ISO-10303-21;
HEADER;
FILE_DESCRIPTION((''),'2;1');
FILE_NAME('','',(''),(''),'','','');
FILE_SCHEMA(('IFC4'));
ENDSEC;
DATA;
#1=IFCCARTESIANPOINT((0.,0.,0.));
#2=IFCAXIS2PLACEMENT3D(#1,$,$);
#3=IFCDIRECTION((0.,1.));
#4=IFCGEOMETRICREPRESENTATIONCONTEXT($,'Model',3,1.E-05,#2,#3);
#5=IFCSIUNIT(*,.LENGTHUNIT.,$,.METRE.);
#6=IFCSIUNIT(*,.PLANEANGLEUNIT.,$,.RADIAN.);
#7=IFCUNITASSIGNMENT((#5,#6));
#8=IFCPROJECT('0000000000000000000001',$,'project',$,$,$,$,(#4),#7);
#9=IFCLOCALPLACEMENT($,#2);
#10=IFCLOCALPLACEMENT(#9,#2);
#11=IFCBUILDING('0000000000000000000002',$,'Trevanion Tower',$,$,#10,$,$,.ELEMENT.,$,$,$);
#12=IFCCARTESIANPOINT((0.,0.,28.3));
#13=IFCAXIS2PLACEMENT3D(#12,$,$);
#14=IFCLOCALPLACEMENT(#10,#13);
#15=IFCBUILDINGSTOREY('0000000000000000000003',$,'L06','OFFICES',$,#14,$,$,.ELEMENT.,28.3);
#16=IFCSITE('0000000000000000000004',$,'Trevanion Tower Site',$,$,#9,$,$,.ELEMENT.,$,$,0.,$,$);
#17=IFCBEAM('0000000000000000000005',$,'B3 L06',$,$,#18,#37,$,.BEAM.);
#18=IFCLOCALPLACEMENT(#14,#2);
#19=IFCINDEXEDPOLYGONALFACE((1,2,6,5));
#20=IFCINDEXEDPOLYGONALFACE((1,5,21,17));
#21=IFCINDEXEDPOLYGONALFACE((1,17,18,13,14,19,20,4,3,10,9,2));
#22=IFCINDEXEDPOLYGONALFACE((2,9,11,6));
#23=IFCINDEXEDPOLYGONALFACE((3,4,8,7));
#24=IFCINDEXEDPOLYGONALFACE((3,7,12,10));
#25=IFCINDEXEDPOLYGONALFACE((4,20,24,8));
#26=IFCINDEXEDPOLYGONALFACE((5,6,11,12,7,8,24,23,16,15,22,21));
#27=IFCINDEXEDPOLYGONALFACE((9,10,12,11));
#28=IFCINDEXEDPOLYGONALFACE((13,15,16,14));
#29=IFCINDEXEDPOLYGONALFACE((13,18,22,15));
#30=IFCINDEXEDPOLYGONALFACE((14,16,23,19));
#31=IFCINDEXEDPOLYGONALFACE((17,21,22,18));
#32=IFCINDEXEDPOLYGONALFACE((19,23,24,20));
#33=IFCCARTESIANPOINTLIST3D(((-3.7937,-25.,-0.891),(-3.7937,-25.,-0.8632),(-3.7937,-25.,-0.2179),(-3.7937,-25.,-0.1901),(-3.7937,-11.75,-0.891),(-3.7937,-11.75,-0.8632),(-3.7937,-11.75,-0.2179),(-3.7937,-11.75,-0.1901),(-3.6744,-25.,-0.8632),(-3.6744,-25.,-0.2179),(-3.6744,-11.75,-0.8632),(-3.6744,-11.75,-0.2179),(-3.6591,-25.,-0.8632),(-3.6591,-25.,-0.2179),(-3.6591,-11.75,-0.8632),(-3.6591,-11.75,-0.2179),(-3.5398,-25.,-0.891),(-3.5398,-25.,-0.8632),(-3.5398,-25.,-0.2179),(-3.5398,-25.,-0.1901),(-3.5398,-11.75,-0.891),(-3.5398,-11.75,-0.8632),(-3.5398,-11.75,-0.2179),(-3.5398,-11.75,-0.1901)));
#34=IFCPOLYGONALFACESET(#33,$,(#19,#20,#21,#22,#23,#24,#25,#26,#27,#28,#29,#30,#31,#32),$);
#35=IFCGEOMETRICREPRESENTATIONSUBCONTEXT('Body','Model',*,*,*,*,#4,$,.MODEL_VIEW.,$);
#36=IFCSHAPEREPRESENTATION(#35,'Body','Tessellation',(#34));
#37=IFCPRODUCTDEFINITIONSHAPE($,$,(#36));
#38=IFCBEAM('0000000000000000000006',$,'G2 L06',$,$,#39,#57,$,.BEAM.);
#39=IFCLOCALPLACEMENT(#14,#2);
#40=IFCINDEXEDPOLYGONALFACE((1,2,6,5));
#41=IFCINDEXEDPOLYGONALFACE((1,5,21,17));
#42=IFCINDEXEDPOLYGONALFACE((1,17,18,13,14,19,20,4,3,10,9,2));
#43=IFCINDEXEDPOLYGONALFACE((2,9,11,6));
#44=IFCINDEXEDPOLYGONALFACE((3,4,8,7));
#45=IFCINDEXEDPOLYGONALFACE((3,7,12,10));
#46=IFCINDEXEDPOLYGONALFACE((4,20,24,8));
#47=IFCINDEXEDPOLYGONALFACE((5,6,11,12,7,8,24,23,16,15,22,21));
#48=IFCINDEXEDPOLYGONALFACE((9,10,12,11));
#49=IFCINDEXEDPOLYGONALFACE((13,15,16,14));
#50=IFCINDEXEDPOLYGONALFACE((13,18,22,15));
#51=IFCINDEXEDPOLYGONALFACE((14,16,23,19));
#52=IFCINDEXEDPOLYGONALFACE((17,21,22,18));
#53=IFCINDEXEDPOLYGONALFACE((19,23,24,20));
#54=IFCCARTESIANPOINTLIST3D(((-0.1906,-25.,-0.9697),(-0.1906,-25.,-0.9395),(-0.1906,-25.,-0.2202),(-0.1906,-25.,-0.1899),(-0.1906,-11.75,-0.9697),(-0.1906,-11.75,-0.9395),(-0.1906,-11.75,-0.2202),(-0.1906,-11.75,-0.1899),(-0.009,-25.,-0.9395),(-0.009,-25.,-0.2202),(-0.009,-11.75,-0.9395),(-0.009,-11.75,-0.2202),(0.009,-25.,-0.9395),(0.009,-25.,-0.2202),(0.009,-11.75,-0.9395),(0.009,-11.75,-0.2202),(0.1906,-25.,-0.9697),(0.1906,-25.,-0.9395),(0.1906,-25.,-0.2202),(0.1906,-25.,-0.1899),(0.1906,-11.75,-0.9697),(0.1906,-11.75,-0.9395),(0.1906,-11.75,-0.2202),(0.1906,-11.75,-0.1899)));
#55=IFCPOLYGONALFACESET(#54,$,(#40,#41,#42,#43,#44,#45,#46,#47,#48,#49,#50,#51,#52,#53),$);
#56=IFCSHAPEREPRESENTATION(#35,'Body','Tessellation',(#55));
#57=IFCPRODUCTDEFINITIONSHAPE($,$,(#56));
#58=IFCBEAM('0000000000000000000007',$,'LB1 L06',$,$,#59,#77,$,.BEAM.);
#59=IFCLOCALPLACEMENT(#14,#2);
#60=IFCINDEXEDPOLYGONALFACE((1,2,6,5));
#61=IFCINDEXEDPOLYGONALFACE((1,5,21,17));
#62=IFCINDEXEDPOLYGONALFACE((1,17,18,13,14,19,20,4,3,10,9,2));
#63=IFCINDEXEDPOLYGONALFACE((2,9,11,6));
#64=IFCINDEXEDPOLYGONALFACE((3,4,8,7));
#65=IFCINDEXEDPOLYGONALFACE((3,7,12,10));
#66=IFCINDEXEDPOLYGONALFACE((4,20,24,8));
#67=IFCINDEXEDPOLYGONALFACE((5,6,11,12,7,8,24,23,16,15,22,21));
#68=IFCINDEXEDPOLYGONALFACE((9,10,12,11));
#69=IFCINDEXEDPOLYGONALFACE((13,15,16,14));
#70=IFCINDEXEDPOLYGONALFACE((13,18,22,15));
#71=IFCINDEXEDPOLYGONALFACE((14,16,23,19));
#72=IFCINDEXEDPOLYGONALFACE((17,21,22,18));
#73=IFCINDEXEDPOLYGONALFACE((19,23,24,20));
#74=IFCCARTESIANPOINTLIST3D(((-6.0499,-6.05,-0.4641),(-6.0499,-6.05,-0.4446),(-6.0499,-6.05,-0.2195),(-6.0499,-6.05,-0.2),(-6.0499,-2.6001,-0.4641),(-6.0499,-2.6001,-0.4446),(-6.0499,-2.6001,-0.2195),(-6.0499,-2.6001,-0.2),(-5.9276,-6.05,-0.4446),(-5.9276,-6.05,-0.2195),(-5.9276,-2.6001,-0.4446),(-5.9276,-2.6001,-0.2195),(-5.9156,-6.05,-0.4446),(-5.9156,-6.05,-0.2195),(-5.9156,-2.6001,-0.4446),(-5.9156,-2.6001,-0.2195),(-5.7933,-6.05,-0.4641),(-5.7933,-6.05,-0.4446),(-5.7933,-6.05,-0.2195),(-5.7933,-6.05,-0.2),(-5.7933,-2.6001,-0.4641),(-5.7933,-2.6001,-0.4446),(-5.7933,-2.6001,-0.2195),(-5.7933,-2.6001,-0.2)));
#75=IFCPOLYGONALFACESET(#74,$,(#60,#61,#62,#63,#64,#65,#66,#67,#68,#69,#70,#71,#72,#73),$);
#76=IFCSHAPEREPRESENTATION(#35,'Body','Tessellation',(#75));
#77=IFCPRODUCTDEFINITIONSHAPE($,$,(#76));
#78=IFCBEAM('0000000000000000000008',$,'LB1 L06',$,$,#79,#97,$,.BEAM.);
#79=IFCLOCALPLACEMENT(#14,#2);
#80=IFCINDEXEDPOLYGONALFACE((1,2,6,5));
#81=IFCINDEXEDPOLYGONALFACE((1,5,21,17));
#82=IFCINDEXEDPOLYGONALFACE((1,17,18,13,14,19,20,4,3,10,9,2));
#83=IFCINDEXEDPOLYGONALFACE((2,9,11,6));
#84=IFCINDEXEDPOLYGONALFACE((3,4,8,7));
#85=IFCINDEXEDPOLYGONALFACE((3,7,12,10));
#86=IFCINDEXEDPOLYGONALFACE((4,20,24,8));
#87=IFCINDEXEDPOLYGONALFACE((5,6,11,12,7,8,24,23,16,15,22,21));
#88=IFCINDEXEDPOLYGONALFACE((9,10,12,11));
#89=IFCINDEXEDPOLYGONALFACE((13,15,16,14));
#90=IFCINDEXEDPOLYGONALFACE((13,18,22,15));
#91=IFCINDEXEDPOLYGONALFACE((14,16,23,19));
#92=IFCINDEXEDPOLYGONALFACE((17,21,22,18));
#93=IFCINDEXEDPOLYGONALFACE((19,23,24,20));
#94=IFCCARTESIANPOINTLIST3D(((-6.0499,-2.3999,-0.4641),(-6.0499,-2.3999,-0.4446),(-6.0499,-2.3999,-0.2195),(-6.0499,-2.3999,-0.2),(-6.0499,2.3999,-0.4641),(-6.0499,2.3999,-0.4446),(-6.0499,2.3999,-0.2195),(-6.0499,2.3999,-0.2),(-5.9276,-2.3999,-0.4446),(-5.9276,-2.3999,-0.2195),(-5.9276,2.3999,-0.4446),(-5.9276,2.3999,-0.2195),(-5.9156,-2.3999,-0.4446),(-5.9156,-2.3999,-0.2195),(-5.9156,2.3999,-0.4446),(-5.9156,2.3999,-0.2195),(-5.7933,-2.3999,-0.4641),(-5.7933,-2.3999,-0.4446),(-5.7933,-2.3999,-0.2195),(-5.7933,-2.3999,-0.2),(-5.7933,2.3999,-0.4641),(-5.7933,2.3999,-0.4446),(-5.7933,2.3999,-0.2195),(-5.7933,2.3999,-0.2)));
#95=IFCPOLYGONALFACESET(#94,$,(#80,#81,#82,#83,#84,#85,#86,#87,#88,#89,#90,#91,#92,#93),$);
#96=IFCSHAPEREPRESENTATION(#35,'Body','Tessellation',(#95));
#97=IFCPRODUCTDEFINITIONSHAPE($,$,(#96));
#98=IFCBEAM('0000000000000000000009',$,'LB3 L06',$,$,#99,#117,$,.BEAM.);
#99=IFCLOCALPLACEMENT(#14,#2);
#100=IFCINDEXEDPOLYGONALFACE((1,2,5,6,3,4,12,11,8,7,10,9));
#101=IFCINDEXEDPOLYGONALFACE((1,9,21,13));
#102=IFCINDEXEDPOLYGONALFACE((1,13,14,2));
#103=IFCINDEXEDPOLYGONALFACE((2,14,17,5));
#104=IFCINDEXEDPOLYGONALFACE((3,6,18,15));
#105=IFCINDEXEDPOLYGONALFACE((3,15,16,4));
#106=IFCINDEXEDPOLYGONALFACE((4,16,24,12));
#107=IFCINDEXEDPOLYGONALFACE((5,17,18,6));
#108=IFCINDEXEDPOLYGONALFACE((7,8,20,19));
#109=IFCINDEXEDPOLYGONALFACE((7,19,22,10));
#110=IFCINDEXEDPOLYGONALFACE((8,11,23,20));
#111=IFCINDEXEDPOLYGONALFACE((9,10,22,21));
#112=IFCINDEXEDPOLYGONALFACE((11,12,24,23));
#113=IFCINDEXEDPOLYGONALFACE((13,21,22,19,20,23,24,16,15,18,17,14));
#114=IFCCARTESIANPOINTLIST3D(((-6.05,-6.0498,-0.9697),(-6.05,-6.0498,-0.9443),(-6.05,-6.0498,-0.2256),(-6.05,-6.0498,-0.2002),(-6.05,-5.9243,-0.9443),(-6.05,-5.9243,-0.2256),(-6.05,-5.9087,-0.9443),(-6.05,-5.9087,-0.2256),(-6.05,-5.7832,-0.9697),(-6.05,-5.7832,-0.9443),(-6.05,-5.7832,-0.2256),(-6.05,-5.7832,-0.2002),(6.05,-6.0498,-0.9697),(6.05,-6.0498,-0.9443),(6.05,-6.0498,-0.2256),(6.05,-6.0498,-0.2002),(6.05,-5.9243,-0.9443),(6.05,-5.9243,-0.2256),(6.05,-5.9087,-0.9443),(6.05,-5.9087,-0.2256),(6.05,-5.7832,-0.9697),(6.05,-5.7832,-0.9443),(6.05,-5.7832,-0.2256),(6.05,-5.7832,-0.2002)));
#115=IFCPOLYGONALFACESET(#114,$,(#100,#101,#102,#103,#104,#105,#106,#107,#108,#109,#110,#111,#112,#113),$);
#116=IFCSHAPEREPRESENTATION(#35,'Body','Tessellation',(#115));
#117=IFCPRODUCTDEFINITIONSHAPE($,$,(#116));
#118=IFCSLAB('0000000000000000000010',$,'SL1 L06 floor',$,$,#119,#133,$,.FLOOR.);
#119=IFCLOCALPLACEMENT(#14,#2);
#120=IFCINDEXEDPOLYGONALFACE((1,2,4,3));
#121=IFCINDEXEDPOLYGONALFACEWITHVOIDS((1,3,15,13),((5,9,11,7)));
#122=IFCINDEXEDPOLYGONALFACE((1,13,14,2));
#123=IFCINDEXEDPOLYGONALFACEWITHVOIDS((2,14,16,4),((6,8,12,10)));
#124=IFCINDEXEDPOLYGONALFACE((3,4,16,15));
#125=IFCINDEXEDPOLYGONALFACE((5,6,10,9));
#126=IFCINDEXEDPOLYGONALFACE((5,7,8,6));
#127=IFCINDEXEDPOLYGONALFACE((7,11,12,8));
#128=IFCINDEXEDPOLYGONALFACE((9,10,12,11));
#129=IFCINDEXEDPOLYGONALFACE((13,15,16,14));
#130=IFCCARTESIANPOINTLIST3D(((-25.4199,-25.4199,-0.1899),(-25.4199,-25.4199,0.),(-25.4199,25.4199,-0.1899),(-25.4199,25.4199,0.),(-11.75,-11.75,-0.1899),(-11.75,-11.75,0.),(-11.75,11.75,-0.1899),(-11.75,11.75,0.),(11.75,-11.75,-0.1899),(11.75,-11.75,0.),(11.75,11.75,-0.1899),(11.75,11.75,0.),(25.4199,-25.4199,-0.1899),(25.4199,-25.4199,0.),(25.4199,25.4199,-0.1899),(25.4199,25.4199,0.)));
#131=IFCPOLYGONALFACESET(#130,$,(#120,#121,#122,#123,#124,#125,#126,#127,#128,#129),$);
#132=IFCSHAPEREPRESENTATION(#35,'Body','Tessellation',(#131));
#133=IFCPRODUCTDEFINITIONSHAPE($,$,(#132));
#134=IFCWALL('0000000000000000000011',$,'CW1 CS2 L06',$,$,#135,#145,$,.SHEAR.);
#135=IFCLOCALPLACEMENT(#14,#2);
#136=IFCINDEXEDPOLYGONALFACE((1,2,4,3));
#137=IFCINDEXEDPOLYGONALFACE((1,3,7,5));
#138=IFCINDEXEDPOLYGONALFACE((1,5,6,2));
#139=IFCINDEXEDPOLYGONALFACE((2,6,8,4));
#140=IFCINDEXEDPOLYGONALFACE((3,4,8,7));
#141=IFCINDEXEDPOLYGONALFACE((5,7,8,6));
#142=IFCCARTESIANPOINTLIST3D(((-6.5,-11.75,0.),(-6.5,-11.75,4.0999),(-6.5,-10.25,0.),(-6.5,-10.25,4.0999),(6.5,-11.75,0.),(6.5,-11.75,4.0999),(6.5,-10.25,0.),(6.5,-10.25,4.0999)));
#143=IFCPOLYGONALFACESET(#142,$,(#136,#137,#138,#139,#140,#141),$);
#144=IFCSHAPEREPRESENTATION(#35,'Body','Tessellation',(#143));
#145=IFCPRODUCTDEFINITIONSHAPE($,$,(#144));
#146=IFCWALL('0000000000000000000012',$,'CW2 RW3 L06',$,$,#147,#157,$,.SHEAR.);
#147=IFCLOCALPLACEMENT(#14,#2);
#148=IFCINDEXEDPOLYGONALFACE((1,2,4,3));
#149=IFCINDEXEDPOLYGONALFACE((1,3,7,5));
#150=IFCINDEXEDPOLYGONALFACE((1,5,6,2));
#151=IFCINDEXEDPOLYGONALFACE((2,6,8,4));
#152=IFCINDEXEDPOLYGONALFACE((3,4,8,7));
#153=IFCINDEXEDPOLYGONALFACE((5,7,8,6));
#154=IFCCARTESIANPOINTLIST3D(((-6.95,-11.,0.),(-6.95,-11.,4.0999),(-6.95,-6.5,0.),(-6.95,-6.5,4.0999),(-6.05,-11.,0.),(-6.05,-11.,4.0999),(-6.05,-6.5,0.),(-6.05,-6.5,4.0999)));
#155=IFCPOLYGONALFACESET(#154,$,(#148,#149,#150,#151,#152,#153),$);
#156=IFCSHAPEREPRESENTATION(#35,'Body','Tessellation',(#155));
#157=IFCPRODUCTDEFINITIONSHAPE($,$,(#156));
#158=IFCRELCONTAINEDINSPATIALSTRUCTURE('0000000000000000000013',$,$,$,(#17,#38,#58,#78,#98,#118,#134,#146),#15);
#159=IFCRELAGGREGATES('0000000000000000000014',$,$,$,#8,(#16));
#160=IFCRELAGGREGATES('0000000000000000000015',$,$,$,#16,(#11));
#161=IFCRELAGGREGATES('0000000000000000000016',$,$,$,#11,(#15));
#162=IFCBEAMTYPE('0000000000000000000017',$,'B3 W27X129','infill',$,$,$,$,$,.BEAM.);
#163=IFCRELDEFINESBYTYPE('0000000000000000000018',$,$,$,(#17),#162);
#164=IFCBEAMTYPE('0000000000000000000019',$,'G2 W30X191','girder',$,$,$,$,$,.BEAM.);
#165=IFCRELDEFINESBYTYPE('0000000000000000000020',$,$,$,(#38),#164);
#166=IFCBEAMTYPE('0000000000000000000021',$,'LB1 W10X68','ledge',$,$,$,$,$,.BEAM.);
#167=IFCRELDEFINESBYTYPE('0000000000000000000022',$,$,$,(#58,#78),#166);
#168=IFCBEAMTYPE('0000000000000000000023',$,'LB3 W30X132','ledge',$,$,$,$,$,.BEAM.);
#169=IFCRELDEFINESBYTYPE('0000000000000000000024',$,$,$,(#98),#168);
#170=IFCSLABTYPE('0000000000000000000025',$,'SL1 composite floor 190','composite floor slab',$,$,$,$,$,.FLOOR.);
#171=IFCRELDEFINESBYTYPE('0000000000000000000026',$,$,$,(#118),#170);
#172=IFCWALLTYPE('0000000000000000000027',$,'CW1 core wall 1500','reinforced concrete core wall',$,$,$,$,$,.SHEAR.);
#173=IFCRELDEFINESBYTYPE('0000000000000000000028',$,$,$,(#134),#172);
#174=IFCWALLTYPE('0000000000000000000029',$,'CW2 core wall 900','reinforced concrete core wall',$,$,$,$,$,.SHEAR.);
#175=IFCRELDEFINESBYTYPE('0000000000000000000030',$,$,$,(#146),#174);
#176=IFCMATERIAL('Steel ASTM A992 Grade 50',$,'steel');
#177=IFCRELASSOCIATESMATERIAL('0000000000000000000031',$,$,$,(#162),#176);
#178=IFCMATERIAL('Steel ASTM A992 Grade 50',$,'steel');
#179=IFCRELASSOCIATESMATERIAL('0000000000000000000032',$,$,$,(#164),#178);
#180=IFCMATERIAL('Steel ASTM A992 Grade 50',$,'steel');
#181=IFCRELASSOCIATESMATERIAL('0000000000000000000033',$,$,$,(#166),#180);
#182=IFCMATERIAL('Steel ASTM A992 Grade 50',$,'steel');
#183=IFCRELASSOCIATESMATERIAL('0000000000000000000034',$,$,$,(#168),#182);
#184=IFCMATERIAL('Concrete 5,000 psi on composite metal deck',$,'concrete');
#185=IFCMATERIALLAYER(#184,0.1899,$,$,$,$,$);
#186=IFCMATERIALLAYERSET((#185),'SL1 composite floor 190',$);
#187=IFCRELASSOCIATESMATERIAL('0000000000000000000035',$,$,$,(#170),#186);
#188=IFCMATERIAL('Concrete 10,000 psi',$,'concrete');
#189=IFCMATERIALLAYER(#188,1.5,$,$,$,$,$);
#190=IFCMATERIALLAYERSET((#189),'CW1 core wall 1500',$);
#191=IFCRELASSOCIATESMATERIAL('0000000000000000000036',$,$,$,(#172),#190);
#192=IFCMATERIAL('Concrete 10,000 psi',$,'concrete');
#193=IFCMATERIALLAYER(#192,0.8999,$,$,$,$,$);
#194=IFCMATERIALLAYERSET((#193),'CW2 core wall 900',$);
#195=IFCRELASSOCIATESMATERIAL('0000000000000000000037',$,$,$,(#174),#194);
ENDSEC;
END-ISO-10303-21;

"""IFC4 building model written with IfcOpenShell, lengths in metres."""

from ifc_helpers import new_model, si_unit, direction, frame, frame_2d, origin, origin_2d, place, context, subcontext, project, spatial, polyline, rectangle, i_section, outline, extrude, material, layer, layer_set, material_profile, profile_set, type_object, element, save


model = new_model("IFC4")

# Units and contexts
model_context = context("Model", 3, precision=1e-05, world=origin(), true_north=direction((0.0, 1.0)))
body_context = subcontext(model_context, "Body", "Model", "MODEL_VIEW")
ifc_project = project(units=[si_unit("LENGTHUNIT", "METRE"), si_unit("PLANEANGLEUNIT", "RADIAN")], contexts=[model_context])

# Site, building, storey
site_placement = place(None, origin())
site = spatial("IfcSite", under=ifc_project, at=site_placement, Name="Trevanion Tower Site", CompositionType="ELEMENT", RefElevation=0.0)
building_placement = place(site_placement, origin())
building = spatial("IfcBuilding", under=site, at=building_placement, Name="Trevanion Tower", CompositionType="ELEMENT")
storey_placement = place(building_placement, frame((0.0, 0.0, 28.3)))
storey = spatial("IfcBuildingStorey", under=building, at=storey_placement, Name="L06", Description="OFFICES", CompositionType="ELEMENT", Elevation=28.3)

# Beams
ifc_material_1 = material(Name="Steel ASTM A992 Grade 50", Category="steel")
ifc_material_profile_1 = material_profile(ifc_material_1, i_section(OverallWidth=0.2539, OverallDepth=0.7009, WebThickness=0.0154, FlangeThickness=0.0278, at=origin_2d()), Name="W27X129")
ifc_profile_set_1 = profile_set([ifc_material_profile_1], Name="Steel ASTM A992 Grade 50")
beam_type_1 = type_object("IfcBeamType", Name="B3 W27X129", Description="infill", PredefinedType="BEAM", material=ifc_profile_set_1)
beam_1_placement = place(storey_placement, frame((-3.6667, -11.75, -0.5405), z_axis=(0.0, -1.0, 0.0), x_axis=(1.0, 0.0, 0.0)))
element("IfcBeam", 1, at=beam_1_placement, inside=storey, type_object=beam_type_1, Name="B3 L06", PredefinedType="BEAM", context=body_context, shape_type="SweptSolid", body=[
    extrude(i_section(OverallWidth=0.2539, OverallDepth=0.7009, WebThickness=0.0154, FlangeThickness=0.0278, at=origin_2d()), origin(), (0.0, 0.0, 1.0), 13.25),
])
ifc_material_2 = material(Name="Steel ASTM A992 Grade 50", Category="steel")
ifc_material_profile_2 = material_profile(ifc_material_2, i_section(OverallWidth=0.3811, OverallDepth=0.7798, WebThickness=0.0181, FlangeThickness=0.0303, at=origin_2d()), Name="W30X191")
ifc_profile_set_2 = profile_set([ifc_material_profile_2], Name="Steel ASTM A992 Grade 50")
beam_type_2 = type_object("IfcBeamType", Name="G2 W30X191", Description="girder", PredefinedType="BEAM", material=ifc_profile_set_2)
beam_2_placement = place(storey_placement, frame((0.0, -11.75, -0.5798), z_axis=(0.0, -1.0, 0.0), x_axis=(1.0, 0.0, 0.0)))
element("IfcBeam", 2, at=beam_2_placement, inside=storey, type_object=beam_type_2, Name="G2 L06", PredefinedType="BEAM", context=body_context, shape_type="SweptSolid", body=[
    extrude(i_section(OverallWidth=0.3811, OverallDepth=0.7798, WebThickness=0.0181, FlangeThickness=0.0303, at=origin_2d()), origin(), (0.0, 0.0, 1.0), 13.25),
])
ifc_material_3 = material(Name="Steel ASTM A992 Grade 50", Category="steel")
ifc_material_profile_3 = material_profile(ifc_material_3, i_section(OverallWidth=0.2566, OverallDepth=0.2642, WebThickness=0.012, FlangeThickness=0.0195, at=origin_2d()), Name="W10X68")
ifc_profile_set_3 = profile_set([ifc_material_profile_3], Name="Steel ASTM A992 Grade 50")
beam_type_3 = type_object("IfcBeamType", Name="LB1 W10X68", Description="ledge", PredefinedType="BEAM", material=ifc_profile_set_3)
beam_3_placement = place(storey_placement, frame((-5.9216, -6.05, -0.332), z_axis=(0.0, 1.0, 0.0), x_axis=(-1.0, 0.0, 0.0)))
element("IfcBeam", 3, at=beam_3_placement, inside=storey, type_object=beam_type_3, Name="LB1 L06", PredefinedType="BEAM", context=body_context, shape_type="SweptSolid", body=[
    extrude(i_section(OverallWidth=0.2566, OverallDepth=0.2642, WebThickness=0.012, FlangeThickness=0.0195, at=origin_2d()), origin(), (0.0, 0.0, 1.0), 3.45),
])
beam_4_placement = place(storey_placement, frame((-5.9216, -2.3999, -0.332), z_axis=(0.0, 1.0, 0.0), x_axis=(-1.0, 0.0, 0.0)))
element("IfcBeam", 4, at=beam_4_placement, inside=storey, type_object=beam_type_3, Name="LB1 L06", PredefinedType="BEAM", context=body_context, shape_type="SweptSolid", body=[
    extrude(i_section(OverallWidth=0.2566, OverallDepth=0.2642, WebThickness=0.012, FlangeThickness=0.0195, at=origin_2d()), origin(), (0.0, 0.0, 1.0), 4.7998),
])
ifc_material_4 = material(Name="Steel ASTM A992 Grade 50", Category="steel")
ifc_material_profile_4 = material_profile(ifc_material_4, i_section(OverallWidth=0.2666, OverallDepth=0.7695, WebThickness=0.0156, FlangeThickness=0.0254, at=origin_2d()), Name="W30X132")
ifc_profile_set_4 = profile_set([ifc_material_profile_4], Name="Steel ASTM A992 Grade 50")
beam_type_4 = type_object("IfcBeamType", Name="LB3 W30X132", Description="ledge", PredefinedType="BEAM", material=ifc_profile_set_4)
beam_5_placement = place(storey_placement, frame((-6.05, -5.9165, -0.585), z_axis=(1.0, 0.0, 0.0), x_axis=(0.0, 1.0, 0.0)))
element("IfcBeam", 5, at=beam_5_placement, inside=storey, type_object=beam_type_4, Name="LB3 L06", PredefinedType="BEAM", context=body_context, shape_type="SweptSolid", body=[
    extrude(i_section(OverallWidth=0.2666, OverallDepth=0.7695, WebThickness=0.0156, FlangeThickness=0.0254, at=origin_2d()), origin(), (0.0, 0.0, 1.0), 12.1001),
])

# Slab
ifc_material_5 = material(Name="Concrete 5,000 psi on composite metal deck", Category="concrete")
ifc_layer_1 = layer(ifc_material_5, 0.1899)
ifc_layer_set_1 = layer_set([ifc_layer_1], Name="SL1 composite floor 190")
slab_type = type_object("IfcSlabType", Name="SL1 composite floor 190", Description="composite floor slab", PredefinedType="FLOOR", material=ifc_layer_set_1)
slab_placement = place(storey_placement, frame((0.0, 0.0, -0.1899)))
element("IfcSlab", 6, at=slab_placement, inside=storey, type_object=slab_type, Name="SL1 L06 floor", PredefinedType="FLOOR", context=body_context, shape_type="SweptSolid", body=[
    extrude(outline(polyline([(25.4199, -25.4199), (25.4199, 25.4199), (-25.4199, 25.4199), (-25.4199, -25.4199), (25.4199, -25.4199)]), holes=[polyline([(11.75, -11.75), (11.75, 11.75), (-11.75, 11.75), (-11.75, -11.75), (11.75, -11.75)])]), origin(), (0.0, 0.0, 1.0), 0.1899),
])

# Walls
ifc_material_6 = material(Name="Concrete 10,000 psi", Category="concrete")
ifc_layer_2 = layer(ifc_material_6, 1.5)
ifc_layer_set_2 = layer_set([ifc_layer_2], Name="CW1 core wall 1500")
wall_type_1 = type_object("IfcWallType", Name="CW1 core wall 1500", Description="reinforced concrete core wall", PredefinedType="SHEAR", material=ifc_layer_set_2)
wall_1_placement = place(storey_placement, frame((-6.5, -11.0, 0.0), z_axis=(0.0, 0.0, 1.0), x_axis=(1.0, 0.0, 0.0)))
element("IfcWall", 7, at=wall_1_placement, inside=storey, type_object=wall_type_1, Name="CW1 CS2 L06", PredefinedType="SHEAR", context=body_context, shape_type="SweptSolid", body=[
    extrude(rectangle(XDim=13.0, YDim=1.5, at=frame_2d((6.5, 0.0))), origin(), (0.0, 0.0, 1.0), 4.0999),
])
ifc_material_7 = material(Name="Concrete 10,000 psi", Category="concrete")
ifc_layer_3 = layer(ifc_material_7, 0.8999)
ifc_layer_set_3 = layer_set([ifc_layer_3], Name="CW2 core wall 900")
wall_type_2 = type_object("IfcWallType", Name="CW2 core wall 900", Description="reinforced concrete core wall", PredefinedType="SHEAR", material=ifc_layer_set_3)
wall_2_placement = place(storey_placement, frame((-6.5, -6.5, 0.0), z_axis=(0.0, 0.0, 1.0), x_axis=(0.0, -1.0, 0.0)))
element("IfcWall", 8, at=wall_2_placement, inside=storey, type_object=wall_type_2, Name="CW2 RW3 L06", PredefinedType="SHEAR", context=body_context, shape_type="SweptSolid", body=[
    extrude(rectangle(XDim=4.5, YDim=0.8999, at=frame_2d((2.25, 0.0))), origin(), (0.0, 0.0, 1.0), 4.0999),
])

save(model, "model.ifc")
